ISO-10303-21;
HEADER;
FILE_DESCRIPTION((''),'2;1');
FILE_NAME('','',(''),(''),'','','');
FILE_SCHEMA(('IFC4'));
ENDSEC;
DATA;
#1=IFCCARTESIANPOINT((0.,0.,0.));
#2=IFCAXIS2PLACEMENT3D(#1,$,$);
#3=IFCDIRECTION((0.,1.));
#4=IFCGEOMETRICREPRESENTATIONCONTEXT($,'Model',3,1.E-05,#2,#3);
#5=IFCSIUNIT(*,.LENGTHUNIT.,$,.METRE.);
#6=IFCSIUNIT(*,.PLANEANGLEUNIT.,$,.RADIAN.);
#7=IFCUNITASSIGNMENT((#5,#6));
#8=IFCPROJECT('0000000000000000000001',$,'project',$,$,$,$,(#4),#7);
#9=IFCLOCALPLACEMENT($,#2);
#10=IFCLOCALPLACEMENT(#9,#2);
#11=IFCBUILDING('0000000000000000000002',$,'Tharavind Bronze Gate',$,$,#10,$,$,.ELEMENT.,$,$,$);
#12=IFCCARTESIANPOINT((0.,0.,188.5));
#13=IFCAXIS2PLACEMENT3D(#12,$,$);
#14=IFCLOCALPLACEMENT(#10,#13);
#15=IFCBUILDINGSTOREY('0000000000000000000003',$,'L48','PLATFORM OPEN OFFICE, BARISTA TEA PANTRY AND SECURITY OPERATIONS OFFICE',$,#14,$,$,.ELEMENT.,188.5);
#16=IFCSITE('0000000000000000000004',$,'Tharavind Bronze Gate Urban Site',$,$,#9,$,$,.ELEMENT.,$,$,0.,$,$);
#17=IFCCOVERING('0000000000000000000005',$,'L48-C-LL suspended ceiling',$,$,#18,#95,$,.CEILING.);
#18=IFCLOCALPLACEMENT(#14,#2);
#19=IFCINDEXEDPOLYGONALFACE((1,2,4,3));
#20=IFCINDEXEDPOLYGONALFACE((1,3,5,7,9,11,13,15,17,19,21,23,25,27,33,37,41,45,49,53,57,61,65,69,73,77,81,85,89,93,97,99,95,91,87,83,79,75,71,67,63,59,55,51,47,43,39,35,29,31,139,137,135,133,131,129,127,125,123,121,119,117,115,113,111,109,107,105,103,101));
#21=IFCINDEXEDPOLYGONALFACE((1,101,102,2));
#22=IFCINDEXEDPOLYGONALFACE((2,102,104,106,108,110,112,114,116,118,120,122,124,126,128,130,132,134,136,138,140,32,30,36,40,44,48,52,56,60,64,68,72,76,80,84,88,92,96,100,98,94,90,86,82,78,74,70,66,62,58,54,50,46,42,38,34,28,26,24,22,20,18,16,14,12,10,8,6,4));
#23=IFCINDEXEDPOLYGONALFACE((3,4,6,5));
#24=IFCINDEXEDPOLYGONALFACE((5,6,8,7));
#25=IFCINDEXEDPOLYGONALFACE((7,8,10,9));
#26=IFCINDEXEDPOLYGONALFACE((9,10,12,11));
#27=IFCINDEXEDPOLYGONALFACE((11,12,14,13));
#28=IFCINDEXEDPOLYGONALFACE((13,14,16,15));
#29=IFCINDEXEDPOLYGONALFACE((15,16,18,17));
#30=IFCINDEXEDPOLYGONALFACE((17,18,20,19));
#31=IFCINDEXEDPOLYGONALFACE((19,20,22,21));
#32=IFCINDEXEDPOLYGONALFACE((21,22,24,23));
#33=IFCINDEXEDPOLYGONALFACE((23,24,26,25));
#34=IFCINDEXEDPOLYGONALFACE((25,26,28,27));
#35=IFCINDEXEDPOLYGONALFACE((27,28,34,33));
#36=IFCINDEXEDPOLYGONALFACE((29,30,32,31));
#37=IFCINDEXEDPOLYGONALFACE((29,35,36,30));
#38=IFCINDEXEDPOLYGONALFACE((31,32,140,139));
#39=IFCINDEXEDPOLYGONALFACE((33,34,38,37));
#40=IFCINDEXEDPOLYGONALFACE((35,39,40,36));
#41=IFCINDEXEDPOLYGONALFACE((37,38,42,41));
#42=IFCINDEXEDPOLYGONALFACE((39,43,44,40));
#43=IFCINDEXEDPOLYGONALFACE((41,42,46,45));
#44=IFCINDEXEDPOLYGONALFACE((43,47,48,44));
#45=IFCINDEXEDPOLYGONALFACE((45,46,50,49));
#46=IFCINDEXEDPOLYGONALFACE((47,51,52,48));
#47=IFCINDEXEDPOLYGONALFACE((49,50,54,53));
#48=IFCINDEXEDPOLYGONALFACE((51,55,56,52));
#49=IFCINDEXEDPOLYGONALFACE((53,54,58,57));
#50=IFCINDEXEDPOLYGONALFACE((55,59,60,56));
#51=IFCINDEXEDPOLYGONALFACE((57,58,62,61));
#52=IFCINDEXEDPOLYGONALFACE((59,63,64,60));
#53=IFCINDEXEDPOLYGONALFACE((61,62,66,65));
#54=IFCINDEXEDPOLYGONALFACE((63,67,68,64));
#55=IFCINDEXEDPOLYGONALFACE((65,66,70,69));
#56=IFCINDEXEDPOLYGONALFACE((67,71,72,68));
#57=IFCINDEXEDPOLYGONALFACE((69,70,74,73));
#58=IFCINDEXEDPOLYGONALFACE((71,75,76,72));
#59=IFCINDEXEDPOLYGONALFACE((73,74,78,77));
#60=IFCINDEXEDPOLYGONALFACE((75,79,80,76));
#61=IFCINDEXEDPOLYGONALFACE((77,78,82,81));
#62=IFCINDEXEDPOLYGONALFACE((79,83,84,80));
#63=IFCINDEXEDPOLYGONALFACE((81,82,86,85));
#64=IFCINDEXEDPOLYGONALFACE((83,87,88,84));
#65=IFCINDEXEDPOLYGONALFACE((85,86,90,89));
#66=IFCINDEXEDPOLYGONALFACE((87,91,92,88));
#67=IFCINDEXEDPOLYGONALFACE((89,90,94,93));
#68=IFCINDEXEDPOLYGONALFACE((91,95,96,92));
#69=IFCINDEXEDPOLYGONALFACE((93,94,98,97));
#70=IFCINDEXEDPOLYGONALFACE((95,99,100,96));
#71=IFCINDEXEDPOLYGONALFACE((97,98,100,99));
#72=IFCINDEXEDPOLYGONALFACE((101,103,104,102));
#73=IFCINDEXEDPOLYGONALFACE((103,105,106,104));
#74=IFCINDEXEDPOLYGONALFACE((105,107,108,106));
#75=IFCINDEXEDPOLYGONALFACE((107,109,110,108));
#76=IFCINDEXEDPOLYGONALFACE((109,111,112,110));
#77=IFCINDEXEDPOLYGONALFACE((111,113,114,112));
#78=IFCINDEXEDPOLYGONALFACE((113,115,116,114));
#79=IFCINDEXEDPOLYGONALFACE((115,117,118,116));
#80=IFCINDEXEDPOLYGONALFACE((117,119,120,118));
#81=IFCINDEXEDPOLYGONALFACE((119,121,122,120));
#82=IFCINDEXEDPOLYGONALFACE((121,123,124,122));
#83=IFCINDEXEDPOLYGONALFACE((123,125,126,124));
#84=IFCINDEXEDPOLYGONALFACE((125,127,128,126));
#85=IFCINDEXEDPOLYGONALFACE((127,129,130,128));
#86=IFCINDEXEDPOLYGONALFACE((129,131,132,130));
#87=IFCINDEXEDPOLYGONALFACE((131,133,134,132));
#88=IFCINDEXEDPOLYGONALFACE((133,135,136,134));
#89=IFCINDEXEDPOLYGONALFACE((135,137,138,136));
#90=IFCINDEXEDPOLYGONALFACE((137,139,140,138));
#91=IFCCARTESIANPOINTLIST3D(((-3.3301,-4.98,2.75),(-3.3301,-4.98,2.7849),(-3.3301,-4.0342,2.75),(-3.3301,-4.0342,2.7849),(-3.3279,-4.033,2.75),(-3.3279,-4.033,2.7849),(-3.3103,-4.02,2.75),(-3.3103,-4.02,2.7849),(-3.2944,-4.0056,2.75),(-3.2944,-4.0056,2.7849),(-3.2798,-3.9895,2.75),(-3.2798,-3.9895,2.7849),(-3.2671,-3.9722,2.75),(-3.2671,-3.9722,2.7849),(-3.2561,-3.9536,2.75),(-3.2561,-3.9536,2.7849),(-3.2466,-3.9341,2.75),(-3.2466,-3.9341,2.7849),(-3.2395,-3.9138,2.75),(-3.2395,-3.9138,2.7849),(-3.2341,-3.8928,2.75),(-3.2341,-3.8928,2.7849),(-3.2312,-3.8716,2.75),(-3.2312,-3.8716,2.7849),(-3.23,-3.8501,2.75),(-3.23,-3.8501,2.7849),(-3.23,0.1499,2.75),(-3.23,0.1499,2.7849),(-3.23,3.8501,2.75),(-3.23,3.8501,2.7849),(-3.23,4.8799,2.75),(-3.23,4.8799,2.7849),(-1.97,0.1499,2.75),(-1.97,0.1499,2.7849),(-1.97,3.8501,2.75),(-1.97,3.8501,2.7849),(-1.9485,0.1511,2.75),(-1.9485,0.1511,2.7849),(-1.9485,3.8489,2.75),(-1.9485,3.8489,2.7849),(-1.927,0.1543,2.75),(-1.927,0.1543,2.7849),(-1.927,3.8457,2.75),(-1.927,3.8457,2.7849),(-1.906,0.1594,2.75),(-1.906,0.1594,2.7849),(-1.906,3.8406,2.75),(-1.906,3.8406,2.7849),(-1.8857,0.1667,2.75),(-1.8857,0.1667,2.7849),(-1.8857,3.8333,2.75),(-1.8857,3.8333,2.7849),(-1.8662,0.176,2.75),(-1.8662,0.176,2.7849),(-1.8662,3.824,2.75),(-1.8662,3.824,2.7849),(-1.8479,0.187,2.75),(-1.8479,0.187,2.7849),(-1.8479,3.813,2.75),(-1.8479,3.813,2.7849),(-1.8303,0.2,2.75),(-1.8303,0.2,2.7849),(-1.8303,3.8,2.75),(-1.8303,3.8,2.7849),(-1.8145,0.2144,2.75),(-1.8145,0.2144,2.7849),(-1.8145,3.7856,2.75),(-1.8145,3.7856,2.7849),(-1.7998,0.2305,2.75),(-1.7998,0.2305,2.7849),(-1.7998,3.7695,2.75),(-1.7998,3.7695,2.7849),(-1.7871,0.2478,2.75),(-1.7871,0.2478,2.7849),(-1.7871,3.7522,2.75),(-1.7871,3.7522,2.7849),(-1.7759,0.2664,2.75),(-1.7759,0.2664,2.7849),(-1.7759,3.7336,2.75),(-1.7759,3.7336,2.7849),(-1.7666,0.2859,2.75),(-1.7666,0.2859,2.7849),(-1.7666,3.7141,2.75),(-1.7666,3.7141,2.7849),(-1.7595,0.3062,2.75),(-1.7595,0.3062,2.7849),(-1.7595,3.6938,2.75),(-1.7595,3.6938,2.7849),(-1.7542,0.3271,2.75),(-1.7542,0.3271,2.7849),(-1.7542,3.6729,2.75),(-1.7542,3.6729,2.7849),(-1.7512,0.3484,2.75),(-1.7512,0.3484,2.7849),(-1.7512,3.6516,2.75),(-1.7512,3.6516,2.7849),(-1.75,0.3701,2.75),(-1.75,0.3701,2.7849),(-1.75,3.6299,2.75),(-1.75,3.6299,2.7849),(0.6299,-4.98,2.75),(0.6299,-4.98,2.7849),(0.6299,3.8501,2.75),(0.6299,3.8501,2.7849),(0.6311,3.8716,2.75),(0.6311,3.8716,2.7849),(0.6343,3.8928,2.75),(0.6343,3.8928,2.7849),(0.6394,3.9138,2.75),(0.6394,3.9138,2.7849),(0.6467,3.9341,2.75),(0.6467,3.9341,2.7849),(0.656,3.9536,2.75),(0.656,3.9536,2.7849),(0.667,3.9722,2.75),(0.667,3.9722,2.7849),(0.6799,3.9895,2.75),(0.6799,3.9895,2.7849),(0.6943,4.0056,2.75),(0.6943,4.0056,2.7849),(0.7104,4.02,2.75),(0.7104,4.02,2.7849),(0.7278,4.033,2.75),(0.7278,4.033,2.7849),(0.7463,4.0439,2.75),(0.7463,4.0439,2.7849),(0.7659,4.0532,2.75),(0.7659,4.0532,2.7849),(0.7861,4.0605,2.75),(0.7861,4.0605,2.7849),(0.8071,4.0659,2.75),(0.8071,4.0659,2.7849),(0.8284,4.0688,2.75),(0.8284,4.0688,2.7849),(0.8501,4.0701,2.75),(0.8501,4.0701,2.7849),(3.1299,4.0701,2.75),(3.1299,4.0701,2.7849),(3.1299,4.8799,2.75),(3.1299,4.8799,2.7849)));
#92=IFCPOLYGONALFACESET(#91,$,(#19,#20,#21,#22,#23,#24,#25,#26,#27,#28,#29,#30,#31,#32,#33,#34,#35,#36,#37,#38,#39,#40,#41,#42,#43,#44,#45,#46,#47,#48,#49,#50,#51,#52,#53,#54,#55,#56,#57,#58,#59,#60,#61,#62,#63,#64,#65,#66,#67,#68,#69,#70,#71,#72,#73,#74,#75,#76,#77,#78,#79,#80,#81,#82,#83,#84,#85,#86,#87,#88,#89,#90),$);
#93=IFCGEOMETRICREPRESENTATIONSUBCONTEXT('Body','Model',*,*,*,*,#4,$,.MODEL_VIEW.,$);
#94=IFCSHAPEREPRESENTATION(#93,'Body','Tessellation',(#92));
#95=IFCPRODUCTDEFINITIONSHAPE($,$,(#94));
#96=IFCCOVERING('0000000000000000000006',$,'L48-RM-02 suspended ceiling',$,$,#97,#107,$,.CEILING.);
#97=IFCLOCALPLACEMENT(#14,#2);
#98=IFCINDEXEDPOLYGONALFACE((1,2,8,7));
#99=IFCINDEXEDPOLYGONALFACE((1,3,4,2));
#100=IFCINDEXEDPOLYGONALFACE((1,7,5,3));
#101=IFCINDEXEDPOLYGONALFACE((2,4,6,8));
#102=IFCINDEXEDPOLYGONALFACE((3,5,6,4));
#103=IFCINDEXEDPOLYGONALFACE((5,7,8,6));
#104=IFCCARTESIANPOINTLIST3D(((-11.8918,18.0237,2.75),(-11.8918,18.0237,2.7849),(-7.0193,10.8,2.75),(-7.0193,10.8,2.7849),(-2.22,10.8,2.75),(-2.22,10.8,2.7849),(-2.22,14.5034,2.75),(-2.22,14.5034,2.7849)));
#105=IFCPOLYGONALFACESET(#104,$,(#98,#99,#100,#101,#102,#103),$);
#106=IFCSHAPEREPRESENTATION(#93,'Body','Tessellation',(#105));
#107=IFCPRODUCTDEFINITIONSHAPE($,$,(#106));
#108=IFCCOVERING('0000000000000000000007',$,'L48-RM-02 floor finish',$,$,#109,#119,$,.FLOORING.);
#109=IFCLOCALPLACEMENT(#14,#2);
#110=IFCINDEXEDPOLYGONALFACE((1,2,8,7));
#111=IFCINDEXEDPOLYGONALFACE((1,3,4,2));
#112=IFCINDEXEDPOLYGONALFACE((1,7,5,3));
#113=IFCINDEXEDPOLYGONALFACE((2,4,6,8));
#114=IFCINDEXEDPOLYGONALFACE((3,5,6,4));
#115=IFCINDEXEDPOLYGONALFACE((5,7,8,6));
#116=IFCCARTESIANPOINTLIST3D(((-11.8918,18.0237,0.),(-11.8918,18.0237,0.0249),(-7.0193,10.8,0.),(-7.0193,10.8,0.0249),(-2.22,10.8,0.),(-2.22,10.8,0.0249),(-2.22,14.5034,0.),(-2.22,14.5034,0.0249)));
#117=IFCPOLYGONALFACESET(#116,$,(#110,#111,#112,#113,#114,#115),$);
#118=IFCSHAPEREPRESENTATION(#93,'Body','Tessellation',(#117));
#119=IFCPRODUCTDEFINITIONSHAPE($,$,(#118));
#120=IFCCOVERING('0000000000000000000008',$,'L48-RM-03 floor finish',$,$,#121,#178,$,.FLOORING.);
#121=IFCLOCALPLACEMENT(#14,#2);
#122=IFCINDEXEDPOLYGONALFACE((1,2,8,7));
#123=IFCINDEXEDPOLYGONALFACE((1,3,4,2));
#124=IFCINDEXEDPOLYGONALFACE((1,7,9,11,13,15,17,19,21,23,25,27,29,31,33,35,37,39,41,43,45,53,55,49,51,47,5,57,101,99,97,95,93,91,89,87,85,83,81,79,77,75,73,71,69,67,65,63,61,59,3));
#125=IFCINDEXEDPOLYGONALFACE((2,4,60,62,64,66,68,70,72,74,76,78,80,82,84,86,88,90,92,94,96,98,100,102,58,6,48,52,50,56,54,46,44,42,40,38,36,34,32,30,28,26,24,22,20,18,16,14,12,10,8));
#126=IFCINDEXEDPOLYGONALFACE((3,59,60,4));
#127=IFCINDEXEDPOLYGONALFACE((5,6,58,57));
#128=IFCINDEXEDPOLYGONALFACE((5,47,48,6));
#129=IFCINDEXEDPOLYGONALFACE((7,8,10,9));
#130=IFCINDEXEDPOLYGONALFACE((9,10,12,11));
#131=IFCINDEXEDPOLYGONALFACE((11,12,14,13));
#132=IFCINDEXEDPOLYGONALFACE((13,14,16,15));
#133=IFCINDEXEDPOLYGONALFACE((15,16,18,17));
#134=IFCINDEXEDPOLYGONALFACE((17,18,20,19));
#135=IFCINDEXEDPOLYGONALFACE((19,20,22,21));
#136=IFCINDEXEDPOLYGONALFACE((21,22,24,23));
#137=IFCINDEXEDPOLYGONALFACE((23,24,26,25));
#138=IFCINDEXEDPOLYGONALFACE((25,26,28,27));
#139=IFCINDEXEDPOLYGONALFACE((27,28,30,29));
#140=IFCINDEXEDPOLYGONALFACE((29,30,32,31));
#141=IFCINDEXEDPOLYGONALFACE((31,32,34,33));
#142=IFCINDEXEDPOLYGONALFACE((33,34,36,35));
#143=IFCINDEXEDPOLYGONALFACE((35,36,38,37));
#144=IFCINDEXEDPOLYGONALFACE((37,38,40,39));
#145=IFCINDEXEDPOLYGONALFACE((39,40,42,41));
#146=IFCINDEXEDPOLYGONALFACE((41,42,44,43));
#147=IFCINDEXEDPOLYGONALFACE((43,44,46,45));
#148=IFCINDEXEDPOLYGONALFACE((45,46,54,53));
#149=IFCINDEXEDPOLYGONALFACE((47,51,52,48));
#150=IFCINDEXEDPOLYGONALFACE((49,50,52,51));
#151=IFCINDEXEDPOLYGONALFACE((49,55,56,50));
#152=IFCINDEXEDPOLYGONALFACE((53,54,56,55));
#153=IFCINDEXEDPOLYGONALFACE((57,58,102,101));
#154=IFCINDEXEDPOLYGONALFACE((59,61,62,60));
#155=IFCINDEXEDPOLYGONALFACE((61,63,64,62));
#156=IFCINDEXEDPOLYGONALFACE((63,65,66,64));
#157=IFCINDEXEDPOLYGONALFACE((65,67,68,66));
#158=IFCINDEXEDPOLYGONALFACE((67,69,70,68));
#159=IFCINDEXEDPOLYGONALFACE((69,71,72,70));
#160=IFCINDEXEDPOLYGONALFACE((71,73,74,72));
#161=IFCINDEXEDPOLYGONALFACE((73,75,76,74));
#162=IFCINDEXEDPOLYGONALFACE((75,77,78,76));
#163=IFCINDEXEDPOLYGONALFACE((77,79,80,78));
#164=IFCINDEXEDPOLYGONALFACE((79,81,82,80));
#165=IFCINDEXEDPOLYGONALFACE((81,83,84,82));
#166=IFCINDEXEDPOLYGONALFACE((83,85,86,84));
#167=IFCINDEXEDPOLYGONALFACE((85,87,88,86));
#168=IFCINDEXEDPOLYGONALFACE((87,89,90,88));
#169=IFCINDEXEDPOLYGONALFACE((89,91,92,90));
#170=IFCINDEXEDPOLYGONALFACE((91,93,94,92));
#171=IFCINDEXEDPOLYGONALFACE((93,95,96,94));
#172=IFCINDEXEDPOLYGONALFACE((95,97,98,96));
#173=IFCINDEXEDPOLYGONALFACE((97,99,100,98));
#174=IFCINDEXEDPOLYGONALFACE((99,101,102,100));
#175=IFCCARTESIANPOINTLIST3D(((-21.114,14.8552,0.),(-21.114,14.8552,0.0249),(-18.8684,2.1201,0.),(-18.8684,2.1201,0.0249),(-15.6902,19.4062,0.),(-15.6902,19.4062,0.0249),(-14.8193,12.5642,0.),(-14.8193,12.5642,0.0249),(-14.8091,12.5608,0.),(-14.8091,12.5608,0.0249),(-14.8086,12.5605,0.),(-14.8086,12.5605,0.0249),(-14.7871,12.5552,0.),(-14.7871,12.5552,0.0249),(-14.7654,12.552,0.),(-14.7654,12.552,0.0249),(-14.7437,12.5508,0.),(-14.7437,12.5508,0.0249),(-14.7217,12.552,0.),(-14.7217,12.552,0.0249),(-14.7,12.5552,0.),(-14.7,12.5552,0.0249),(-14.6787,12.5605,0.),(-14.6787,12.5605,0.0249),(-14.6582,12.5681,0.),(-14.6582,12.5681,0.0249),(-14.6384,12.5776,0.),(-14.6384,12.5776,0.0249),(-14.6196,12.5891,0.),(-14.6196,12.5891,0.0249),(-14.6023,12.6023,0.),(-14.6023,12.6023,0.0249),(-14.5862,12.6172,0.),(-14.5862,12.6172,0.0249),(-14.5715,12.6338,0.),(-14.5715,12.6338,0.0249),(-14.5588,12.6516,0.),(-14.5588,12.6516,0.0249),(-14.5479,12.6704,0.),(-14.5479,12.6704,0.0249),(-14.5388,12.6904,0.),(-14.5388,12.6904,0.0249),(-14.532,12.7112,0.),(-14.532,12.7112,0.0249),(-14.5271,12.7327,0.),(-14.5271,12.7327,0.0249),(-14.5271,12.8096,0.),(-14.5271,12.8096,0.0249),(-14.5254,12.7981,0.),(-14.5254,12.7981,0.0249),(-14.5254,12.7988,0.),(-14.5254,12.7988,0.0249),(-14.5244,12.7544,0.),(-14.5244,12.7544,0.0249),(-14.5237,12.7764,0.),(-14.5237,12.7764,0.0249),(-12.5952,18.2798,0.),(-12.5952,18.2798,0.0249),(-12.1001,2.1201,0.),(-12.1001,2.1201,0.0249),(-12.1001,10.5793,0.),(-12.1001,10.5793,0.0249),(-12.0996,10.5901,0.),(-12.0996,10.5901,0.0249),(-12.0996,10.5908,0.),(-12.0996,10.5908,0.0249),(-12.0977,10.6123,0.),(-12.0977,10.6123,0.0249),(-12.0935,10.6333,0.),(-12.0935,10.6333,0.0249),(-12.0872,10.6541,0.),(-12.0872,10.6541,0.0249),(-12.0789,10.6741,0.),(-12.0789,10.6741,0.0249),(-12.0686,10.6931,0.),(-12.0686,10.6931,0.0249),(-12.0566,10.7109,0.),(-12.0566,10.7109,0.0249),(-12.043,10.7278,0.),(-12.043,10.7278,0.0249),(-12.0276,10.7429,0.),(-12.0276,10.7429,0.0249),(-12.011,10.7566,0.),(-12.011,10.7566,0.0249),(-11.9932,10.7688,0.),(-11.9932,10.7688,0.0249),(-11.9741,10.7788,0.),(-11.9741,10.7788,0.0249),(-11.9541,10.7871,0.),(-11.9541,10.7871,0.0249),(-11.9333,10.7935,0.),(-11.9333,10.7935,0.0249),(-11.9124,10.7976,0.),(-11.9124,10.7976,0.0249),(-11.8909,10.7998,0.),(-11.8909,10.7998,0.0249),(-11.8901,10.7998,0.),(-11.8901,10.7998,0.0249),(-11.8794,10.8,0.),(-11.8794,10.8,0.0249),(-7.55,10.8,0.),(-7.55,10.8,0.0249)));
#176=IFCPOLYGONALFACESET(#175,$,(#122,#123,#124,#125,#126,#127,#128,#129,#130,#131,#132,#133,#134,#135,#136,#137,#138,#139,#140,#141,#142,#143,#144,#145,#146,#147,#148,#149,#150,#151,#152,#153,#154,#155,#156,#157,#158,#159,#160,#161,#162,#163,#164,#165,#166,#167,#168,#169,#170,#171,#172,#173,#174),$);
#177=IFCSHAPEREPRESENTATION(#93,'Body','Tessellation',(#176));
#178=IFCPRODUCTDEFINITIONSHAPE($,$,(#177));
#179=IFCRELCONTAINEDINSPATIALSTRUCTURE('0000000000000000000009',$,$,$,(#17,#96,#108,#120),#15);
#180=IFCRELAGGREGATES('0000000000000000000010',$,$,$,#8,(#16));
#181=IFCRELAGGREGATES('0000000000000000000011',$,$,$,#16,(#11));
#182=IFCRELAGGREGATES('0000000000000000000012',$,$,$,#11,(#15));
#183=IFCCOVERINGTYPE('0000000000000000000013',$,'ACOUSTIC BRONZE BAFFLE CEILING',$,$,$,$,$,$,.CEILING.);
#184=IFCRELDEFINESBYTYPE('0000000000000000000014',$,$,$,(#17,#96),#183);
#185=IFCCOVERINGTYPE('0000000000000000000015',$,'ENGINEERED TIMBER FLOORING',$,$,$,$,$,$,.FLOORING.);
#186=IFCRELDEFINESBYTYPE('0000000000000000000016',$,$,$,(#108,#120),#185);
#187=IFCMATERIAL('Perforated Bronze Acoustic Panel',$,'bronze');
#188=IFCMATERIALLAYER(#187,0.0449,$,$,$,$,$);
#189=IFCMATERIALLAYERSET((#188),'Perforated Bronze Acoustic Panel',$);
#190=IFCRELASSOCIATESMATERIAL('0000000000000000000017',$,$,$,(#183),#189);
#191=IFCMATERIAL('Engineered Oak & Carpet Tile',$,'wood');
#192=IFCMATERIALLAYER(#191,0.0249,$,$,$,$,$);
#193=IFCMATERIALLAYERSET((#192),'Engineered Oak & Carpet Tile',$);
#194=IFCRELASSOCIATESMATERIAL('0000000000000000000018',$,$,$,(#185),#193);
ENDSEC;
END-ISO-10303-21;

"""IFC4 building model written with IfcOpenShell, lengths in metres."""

from ifc_helpers import new_model, si_unit, direction, frame, origin, place, context, subcontext, project, spatial, polyline, outline, extrude, material, layer, layer_set, type_object, element, save


model = new_model("IFC4")

# Units and contexts
model_context = context("Model", 3, precision=1e-05, world=origin(), true_north=direction((0.0, 1.0)))
body_context = subcontext(model_context, "Body", "Model", "MODEL_VIEW")
ifc_project = project(units=[si_unit("LENGTHUNIT", "METRE"), si_unit("PLANEANGLEUNIT", "RADIAN")], contexts=[model_context])

# Site, building, storey
site_placement = place(None, origin())
site = spatial("IfcSite", under=ifc_project, at=site_placement, Name="Tharavind Bronze Gate Urban Site", CompositionType="ELEMENT", RefElevation=0.0)
building_placement = place(site_placement, origin())
building = spatial("IfcBuilding", under=site, at=building_placement, Name="Tharavind Bronze Gate", CompositionType="ELEMENT")
storey_placement = place(building_placement, frame((0.0, 0.0, 188.5)))
storey = spatial("IfcBuildingStorey", under=building, at=storey_placement, Name="L48", Description="PLATFORM OPEN OFFICE, BARISTA TEA PANTRY AND SECURITY OPERATIONS OFFICE", CompositionType="ELEMENT", Elevation=188.5)

# Coverings
ifc_material_1 = material(Name="Perforated Bronze Acoustic Panel", Category="bronze")
ifc_layer_1 = layer(ifc_material_1, 0.0449)
ifc_layer_set_1 = layer_set([ifc_layer_1], Name="Perforated Bronze Acoustic Panel")
covering_type_1 = type_object("IfcCoveringType", Name="ACOUSTIC BRONZE BAFFLE CEILING", PredefinedType="CEILING", material=ifc_layer_set_1)
covering_1_placement = place(storey_placement, frame((0.0, 0.0, 2.75)))
element("IfcCovering", 1, at=covering_1_placement, inside=storey, type_object=covering_type_1, Name="L48-C-LL suspended ceiling", PredefinedType="CEILING", context=body_context, shape_type="SweptSolid", body=[
    extrude(outline(polyline([(-3.3301, -4.98), (0.6299, -4.98), (0.6299, 3.8501), (0.6311, 3.8716), (0.6343, 3.8928), (0.6394, 3.9138), (0.6467, 3.9341), (0.656, 3.9536), (0.667, 3.9722), (0.6799, 3.9895), (0.6943, 4.0056), (0.7104, 4.02), (0.7278, 4.033), (0.7463, 4.0439), (0.7659, 4.0532), (0.7861, 4.0605), (0.8071, 4.0659), (0.8284, 4.0688), (0.8501, 4.0701), (3.1299, 4.0701), (3.1299, 4.8799), (-3.23, 4.8799), (-3.23, 3.8501), (-1.97, 3.8501), (-1.9485, 3.8489), (-1.927, 3.8457), (-1.906, 3.8406), (-1.8857, 3.8333), (-1.8662, 3.824), (-1.8479, 3.813), (-1.8303, 3.8), (-1.8145, 3.7856), (-1.7998, 3.7695), (-1.7871, 3.7522), (-1.7759, 3.7336), (-1.7666, 3.7141), (-1.7595, 3.6938), (-1.7542, 3.6729), (-1.7512, 3.6516), (-1.75, 3.6299), (-1.75, 0.3701), (-1.7512, 0.3484), (-1.7542, 0.3271), (-1.7595, 0.3062), (-1.7666, 0.2859), (-1.7759, 0.2664), (-1.7871, 0.2478), (-1.7998, 0.2305), (-1.8145, 0.2144), (-1.8303, 0.2), (-1.8479, 0.187), (-1.8662, 0.176), (-1.8857, 0.1667), (-1.906, 0.1594), (-1.927, 0.1543), (-1.9485, 0.1511), (-1.97, 0.1499), (-3.23, 0.1499), (-3.23, -3.8501), (-3.2312, -3.8716), (-3.2341, -3.8928), (-3.2395, -3.9138), (-3.2466, -3.9341), (-3.2561, -3.9536), (-3.2671, -3.9722), (-3.2798, -3.9895), (-3.2944, -4.0056), (-3.3103, -4.02), (-3.3279, -4.033), (-3.3301, -4.0342), (-3.3301, -4.98)])), origin(), (0.0, 0.0, 1.0), 0.0349),
])
covering_2_placement = place(storey_placement, frame((0.0, 0.0, 2.75)))
element("IfcCovering", 2, at=covering_2_placement, inside=storey, type_object=covering_type_1, Name="L48-RM-02 suspended ceiling", PredefinedType="CEILING", context=body_context, shape_type="SweptSolid", body=[
    extrude(outline(polyline([(-7.0193, 10.8), (-2.22, 10.8), (-2.22, 14.5034), (-11.8918, 18.0237), (-7.0193, 10.8)])), origin(), (0.0, 0.0, 1.0), 0.0349),
])
ifc_material_2 = material(Name="Engineered Oak & Carpet Tile", Category="wood")
ifc_layer_2 = layer(ifc_material_2, 0.0249)
ifc_layer_set_2 = layer_set([ifc_layer_2], Name="Engineered Oak & Carpet Tile")
covering_type_2 = type_object("IfcCoveringType", Name="ENGINEERED TIMBER FLOORING", PredefinedType="FLOORING", material=ifc_layer_set_2)
covering_3_placement = place(storey_placement, origin())
element("IfcCovering", 3, at=covering_3_placement, inside=storey, type_object=covering_type_2, Name="L48-RM-02 floor finish", PredefinedType="FLOORING", context=body_context, shape_type="SweptSolid", body=[
    extrude(outline(polyline([(-7.0193, 10.8), (-2.22, 10.8), (-2.22, 14.5034), (-11.8918, 18.0237), (-7.0193, 10.8)])), origin(), (0.0, 0.0, 1.0), 0.0249),
])
covering_4_placement = place(storey_placement, origin())
element("IfcCovering", 4, at=covering_4_placement, inside=storey, type_object=covering_type_2, Name="L48-RM-03 floor finish", PredefinedType="FLOORING", context=body_context, shape_type="SweptSolid", body=[
    extrude(outline(polyline([(-18.8684, 2.1201), (-12.1001, 2.1201), (-12.1001, 10.5793), (-12.0996, 10.5901), (-12.0996, 10.5908), (-12.0977, 10.6123), (-12.0935, 10.6333), (-12.0872, 10.6541), (-12.0789, 10.6741), (-12.0686, 10.6931), (-12.0566, 10.7109), (-12.043, 10.7278), (-12.0276, 10.7429), (-12.011, 10.7566), (-11.9932, 10.7688), (-11.9741, 10.7788), (-11.9541, 10.7871), (-11.9333, 10.7935), (-11.9124, 10.7976), (-11.8909, 10.7998), (-11.8901, 10.7998), (-11.8794, 10.8), (-7.55, 10.8), (-12.5952, 18.2798), (-15.6902, 19.4062), (-14.5271, 12.8096), (-14.5254, 12.7988), (-14.5254, 12.7981), (-14.5237, 12.7764), (-14.5244, 12.7544), (-14.5271, 12.7327), (-14.532, 12.7112), (-14.5388, 12.6904), (-14.5479, 12.6704), (-14.5588, 12.6516), (-14.5715, 12.6338), (-14.5862, 12.6172), (-14.6023, 12.6023), (-14.6196, 12.5891), (-14.6384, 12.5776), (-14.6582, 12.5681), (-14.6787, 12.5605), (-14.7, 12.5552), (-14.7217, 12.552), (-14.7437, 12.5508), (-14.7654, 12.552), (-14.7871, 12.5552), (-14.8086, 12.5605), (-14.8091, 12.5608), (-14.8193, 12.5642), (-21.114, 14.8552), (-18.8684, 2.1201)])), origin(), (0.0, 0.0, 1.0), 0.0249),
])

save(model, "model.ifc")
